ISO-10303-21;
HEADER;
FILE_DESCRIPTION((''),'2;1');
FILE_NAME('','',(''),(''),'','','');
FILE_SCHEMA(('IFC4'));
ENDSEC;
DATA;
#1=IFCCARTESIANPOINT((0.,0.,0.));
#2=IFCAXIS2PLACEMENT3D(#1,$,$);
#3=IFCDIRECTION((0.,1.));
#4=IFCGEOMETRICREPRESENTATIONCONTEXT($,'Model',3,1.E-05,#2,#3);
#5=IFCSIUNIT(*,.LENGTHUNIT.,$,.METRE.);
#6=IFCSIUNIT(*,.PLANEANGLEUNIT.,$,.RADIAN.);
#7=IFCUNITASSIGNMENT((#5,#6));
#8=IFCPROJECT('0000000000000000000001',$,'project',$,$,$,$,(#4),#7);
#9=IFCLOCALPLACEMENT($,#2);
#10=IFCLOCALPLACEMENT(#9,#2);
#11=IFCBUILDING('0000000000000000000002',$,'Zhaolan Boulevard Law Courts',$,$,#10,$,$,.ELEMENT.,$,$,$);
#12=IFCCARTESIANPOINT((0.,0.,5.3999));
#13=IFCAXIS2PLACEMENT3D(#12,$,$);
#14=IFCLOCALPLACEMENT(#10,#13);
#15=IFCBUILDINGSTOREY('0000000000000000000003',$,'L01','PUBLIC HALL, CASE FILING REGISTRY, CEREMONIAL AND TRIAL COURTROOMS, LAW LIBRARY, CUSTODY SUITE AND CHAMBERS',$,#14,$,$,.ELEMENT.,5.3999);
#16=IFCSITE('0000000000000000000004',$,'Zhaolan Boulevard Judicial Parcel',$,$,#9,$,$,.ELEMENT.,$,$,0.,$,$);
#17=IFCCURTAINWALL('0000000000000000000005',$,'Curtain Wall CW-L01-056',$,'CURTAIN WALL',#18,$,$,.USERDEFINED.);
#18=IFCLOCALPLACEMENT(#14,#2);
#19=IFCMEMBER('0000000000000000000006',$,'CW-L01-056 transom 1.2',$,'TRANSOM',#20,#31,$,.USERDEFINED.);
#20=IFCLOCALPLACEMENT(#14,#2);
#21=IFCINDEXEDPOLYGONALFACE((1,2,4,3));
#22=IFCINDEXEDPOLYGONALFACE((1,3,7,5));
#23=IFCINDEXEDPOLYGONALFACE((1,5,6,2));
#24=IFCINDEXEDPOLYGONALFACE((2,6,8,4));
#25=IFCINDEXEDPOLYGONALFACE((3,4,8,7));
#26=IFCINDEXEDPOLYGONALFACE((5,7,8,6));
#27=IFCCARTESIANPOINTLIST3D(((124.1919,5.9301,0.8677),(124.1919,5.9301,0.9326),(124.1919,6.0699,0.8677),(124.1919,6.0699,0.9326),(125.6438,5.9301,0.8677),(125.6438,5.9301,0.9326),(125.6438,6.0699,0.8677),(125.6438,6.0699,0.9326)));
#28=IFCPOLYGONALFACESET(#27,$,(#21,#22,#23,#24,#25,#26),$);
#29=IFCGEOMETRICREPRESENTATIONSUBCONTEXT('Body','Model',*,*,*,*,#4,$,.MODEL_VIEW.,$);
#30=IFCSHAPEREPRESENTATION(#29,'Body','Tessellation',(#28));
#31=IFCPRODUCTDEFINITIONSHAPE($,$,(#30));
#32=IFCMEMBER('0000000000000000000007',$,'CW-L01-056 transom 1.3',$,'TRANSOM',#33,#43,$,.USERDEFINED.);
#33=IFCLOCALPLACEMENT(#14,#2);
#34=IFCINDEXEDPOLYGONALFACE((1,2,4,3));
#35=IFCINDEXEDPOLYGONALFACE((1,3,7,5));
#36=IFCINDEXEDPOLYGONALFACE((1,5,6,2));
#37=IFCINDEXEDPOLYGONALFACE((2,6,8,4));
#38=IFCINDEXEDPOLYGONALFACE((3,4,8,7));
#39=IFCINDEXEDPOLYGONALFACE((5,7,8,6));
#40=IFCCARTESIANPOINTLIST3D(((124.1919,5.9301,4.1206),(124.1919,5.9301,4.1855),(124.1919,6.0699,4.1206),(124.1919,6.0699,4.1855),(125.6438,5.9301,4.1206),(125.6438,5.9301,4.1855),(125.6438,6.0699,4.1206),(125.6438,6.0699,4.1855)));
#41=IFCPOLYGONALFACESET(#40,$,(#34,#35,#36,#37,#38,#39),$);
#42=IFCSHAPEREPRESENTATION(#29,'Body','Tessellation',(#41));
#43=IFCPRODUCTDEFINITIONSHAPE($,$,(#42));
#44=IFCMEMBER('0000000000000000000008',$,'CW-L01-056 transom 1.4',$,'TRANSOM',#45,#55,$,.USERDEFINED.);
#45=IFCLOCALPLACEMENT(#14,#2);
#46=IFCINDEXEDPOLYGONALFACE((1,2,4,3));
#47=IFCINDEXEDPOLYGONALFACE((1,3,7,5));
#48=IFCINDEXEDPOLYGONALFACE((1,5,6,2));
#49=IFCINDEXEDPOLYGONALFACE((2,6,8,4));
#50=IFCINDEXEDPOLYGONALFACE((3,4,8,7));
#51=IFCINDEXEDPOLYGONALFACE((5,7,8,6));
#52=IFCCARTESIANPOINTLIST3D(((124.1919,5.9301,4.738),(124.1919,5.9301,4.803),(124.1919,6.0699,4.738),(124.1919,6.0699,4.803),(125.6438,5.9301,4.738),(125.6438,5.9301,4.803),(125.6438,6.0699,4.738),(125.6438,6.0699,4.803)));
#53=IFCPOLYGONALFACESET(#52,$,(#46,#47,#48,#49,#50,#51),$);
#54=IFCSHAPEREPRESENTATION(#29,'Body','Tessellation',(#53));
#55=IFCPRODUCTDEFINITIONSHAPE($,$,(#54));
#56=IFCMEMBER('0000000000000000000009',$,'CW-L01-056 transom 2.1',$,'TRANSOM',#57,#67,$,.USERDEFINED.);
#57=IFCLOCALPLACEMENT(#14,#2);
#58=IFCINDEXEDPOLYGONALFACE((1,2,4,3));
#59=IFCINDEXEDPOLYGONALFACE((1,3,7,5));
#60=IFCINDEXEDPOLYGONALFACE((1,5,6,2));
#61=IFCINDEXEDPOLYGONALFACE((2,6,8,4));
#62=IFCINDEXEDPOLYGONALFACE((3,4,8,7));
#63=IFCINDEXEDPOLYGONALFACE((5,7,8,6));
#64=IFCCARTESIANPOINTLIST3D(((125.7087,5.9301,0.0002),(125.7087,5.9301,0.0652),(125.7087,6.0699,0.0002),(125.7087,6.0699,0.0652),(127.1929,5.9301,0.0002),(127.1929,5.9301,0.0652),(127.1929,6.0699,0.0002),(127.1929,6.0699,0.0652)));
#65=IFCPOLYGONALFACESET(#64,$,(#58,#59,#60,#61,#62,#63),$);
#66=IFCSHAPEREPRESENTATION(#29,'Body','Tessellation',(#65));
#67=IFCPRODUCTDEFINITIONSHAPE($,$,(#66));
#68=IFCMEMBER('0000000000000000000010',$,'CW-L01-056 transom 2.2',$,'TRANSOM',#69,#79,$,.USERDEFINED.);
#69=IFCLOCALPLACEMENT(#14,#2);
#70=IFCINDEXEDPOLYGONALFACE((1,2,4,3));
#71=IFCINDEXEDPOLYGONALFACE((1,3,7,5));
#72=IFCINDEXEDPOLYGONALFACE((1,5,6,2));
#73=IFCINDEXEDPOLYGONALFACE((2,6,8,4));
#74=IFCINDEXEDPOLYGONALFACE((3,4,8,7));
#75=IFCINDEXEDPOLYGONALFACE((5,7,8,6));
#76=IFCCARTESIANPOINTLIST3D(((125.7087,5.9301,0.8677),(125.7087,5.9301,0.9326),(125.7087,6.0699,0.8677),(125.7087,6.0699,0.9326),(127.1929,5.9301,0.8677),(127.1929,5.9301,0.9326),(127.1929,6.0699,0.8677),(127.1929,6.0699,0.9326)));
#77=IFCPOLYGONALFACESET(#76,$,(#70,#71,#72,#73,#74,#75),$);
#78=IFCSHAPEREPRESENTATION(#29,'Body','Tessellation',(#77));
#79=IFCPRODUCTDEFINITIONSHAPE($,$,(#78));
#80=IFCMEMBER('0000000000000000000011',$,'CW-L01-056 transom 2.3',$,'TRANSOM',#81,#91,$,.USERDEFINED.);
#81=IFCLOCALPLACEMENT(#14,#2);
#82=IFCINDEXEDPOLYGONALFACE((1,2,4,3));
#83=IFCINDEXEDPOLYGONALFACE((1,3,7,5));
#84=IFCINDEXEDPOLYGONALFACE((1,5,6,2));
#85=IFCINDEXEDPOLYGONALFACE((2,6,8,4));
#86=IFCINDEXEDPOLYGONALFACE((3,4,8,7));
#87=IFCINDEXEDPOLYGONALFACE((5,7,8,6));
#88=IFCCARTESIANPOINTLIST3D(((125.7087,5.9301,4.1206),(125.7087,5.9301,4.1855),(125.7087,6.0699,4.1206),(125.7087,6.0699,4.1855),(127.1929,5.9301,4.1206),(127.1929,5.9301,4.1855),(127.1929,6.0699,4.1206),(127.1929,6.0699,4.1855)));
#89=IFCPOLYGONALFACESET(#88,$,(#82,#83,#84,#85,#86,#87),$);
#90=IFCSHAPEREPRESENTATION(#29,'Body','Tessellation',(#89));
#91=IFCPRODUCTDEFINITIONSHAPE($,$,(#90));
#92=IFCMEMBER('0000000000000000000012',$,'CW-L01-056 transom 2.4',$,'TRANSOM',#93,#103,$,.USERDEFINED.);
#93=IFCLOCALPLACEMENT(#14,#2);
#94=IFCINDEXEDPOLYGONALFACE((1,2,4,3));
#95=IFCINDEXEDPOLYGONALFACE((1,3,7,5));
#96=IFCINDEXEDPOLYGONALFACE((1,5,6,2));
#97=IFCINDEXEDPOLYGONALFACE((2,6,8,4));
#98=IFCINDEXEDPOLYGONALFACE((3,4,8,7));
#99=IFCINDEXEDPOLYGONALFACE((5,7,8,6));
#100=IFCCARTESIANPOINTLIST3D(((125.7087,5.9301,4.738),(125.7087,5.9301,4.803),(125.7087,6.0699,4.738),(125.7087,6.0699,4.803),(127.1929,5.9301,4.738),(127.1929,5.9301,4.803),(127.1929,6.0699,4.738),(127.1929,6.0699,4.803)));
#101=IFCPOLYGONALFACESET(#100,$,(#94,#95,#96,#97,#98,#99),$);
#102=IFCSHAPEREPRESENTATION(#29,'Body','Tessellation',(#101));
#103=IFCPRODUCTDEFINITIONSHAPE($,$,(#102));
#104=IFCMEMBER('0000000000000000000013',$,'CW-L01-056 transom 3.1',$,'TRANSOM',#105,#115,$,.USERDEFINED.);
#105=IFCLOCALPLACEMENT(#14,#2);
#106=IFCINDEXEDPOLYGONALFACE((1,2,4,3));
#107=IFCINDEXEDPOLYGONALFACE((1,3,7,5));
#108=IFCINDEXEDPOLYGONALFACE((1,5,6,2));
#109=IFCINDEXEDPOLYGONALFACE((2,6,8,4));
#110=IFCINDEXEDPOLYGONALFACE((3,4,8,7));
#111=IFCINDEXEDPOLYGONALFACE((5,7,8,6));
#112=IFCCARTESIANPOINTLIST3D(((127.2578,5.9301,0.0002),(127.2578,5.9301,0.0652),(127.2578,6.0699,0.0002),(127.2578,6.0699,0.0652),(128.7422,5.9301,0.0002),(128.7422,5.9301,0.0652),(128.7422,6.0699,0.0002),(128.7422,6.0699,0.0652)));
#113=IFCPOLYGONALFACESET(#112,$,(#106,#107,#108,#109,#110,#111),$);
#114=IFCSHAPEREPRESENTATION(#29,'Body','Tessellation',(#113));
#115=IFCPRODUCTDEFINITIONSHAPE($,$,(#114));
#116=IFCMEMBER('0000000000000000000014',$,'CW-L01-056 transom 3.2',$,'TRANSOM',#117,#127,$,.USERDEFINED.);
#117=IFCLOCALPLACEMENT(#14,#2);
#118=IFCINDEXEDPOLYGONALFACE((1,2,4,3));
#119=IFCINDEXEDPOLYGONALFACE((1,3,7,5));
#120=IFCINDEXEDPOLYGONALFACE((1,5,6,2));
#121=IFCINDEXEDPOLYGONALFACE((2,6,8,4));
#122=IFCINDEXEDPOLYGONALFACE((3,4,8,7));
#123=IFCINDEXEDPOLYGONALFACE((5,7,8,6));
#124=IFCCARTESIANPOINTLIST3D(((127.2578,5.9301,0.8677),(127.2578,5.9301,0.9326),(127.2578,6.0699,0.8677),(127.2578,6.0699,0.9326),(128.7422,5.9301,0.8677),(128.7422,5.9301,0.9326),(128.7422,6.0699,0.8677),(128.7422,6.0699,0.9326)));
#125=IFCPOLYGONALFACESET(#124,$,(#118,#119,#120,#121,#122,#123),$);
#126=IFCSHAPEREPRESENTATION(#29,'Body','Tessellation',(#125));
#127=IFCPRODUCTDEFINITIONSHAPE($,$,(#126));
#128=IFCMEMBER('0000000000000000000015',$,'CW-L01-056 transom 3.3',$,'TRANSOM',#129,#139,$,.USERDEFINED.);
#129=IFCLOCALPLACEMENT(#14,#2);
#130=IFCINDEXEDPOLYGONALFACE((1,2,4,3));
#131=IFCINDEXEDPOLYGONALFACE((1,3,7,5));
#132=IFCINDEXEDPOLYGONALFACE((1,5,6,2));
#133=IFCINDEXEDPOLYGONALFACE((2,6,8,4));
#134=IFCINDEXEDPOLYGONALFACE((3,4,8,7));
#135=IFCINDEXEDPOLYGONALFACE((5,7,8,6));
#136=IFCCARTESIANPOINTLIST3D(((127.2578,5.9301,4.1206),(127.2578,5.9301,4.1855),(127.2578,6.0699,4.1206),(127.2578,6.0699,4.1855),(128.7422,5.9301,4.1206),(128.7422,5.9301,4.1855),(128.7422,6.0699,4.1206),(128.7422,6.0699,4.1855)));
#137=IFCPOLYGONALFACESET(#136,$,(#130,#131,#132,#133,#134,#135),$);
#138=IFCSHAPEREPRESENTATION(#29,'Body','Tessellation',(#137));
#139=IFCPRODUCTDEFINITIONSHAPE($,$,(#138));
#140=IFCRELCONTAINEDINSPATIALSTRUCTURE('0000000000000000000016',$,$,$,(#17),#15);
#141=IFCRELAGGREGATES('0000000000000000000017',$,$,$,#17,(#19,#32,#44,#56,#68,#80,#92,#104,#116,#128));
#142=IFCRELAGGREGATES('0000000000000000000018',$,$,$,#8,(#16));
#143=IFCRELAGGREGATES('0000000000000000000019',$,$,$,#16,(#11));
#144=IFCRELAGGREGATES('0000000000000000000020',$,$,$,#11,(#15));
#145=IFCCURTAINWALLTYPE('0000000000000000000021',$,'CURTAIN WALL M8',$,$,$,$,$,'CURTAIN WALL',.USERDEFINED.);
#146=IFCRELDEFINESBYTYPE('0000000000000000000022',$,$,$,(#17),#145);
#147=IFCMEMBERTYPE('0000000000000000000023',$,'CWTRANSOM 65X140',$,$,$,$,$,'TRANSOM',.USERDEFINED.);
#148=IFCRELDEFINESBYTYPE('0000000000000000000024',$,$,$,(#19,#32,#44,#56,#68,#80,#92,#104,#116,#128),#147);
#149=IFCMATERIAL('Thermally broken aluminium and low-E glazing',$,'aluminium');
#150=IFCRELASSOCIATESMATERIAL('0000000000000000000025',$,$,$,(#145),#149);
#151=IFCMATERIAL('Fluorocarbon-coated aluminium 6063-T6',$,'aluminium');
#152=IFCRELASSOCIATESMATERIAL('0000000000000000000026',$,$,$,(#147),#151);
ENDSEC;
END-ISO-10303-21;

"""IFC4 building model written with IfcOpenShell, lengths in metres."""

from ifc_helpers import new_model, si_unit, direction, frame, origin, origin_2d, place, context, subcontext, project, spatial, rectangle, extrude, material, material_profile, profile_set, type_object, element, aggregate, save


model = new_model("IFC4")

# Units and contexts
model_context = context("Model", 3, precision=1e-05, world=origin(), true_north=direction((0.0, 1.0)))
body_context = subcontext(model_context, "Body", "Model", "MODEL_VIEW")
ifc_project = project(units=[si_unit("LENGTHUNIT", "METRE"), si_unit("PLANEANGLEUNIT", "RADIAN")], contexts=[model_context])

# Site, building, storey
site_placement = place(None, origin())
site = spatial("IfcSite", under=ifc_project, at=site_placement, Name="Zhaolan Boulevard Judicial Parcel", CompositionType="ELEMENT", RefElevation=0.0)
building_placement = place(site_placement, origin())
building = spatial("IfcBuilding", under=site, at=building_placement, Name="Zhaolan Boulevard Law Courts", CompositionType="ELEMENT")
storey_placement = place(building_placement, frame((0.0, 0.0, 5.3999)))
storey = spatial("IfcBuildingStorey", under=building, at=storey_placement, Name="L01", Description="PUBLIC HALL, CASE FILING REGISTRY, CEREMONIAL AND TRIAL COURTROOMS, LAW LIBRARY, CUSTODY SUITE AND CHAMBERS", CompositionType="ELEMENT", Elevation=5.3999)

# Curtain wall
ifc_material_1 = material(Name="Thermally broken aluminium and low-E glazing", Category="aluminium")
curtain_wall_type_1 = type_object("IfcCurtainWallType", Name="CURTAIN WALL M8", ElementType="CURTAIN WALL", PredefinedType="USERDEFINED", material=ifc_material_1)
curtain_wall_1_placement = place(storey_placement, origin())
curtain_wall_1 = element("IfcCurtainWall", 1, at=curtain_wall_1_placement, inside=storey, type_object=curtain_wall_type_1, Name="Curtain Wall CW-L01-056", ObjectType="CURTAIN WALL", PredefinedType="USERDEFINED")

# Members
ifc_material_2 = material(Name="Fluorocarbon-coated aluminium 6063-T6", Category="aluminium")
ifc_material_profile_1 = material_profile(ifc_material_2, rectangle(XDim=0.1399, YDim=0.0649, at=origin_2d()), Name="AL65x140")
ifc_profile_set_1 = profile_set([ifc_material_profile_1], Name="Fluorocarbon-coated aluminium 6063-T6")
member_type_1 = type_object("IfcMemberType", Name="CWTRANSOM 65X140", ElementType="TRANSOM", PredefinedType="USERDEFINED", material=ifc_profile_set_1)
member_1_placement = place(storey_placement, frame((124.1919, 6.0, 0.9001), z_axis=(1.0, 0.0, 0.0), x_axis=(0.0, 1.0, 0.0)))
member_1 = element("IfcMember", 2, at=member_1_placement, type_object=member_type_1, Name="CW-L01-056 transom 1.2", ObjectType="TRANSOM", PredefinedType="USERDEFINED", context=body_context, shape_type="SweptSolid", body=[
    extrude(rectangle(XDim=0.1399, YDim=0.0649, at=origin_2d()), origin(), (0.0, 0.0, 1.0), 1.4519),
])
member_2_placement = place(storey_placement, frame((124.1919, 6.0, 4.1531), z_axis=(1.0, 0.0, 0.0), x_axis=(0.0, 1.0, 0.0)))
member_2 = element("IfcMember", 3, at=member_2_placement, type_object=member_type_1, Name="CW-L01-056 transom 1.3", ObjectType="TRANSOM", PredefinedType="USERDEFINED", context=body_context, shape_type="SweptSolid", body=[
    extrude(rectangle(XDim=0.1399, YDim=0.0649, at=origin_2d()), origin(), (0.0, 0.0, 1.0), 1.4519),
])
member_3_placement = place(storey_placement, frame((124.1919, 6.0, 4.7705), z_axis=(1.0, 0.0, 0.0), x_axis=(0.0, 1.0, 0.0)))
member_3 = element("IfcMember", 4, at=member_3_placement, type_object=member_type_1, Name="CW-L01-056 transom 1.4", ObjectType="TRANSOM", PredefinedType="USERDEFINED", context=body_context, shape_type="SweptSolid", body=[
    extrude(rectangle(XDim=0.1399, YDim=0.0649, at=origin_2d()), origin(), (0.0, 0.0, 1.0), 1.4519),
])
member_4_placement = place(storey_placement, frame((125.7087, 6.0, 0.0327), z_axis=(1.0, 0.0, 0.0), x_axis=(0.0, 1.0, 0.0)))
member_4 = element("IfcMember", 5, at=member_4_placement, type_object=member_type_1, Name="CW-L01-056 transom 2.1", ObjectType="TRANSOM", PredefinedType="USERDEFINED", context=body_context, shape_type="SweptSolid", body=[
    extrude(rectangle(XDim=0.1399, YDim=0.0649, at=origin_2d()), origin(), (0.0, 0.0, 1.0), 1.4841),
])
member_5_placement = place(storey_placement, frame((125.7087, 6.0, 0.9001), z_axis=(1.0, 0.0, 0.0), x_axis=(0.0, 1.0, 0.0)))
member_5 = element("IfcMember", 6, at=member_5_placement, type_object=member_type_1, Name="CW-L01-056 transom 2.2", ObjectType="TRANSOM", PredefinedType="USERDEFINED", context=body_context, shape_type="SweptSolid", body=[
    extrude(rectangle(XDim=0.1399, YDim=0.0649, at=origin_2d()), origin(), (0.0, 0.0, 1.0), 1.4841),
])
member_6_placement = place(storey_placement, frame((125.7087, 6.0, 4.1531), z_axis=(1.0, 0.0, 0.0), x_axis=(0.0, 1.0, 0.0)))
member_6 = element("IfcMember", 7, at=member_6_placement, type_object=member_type_1, Name="CW-L01-056 transom 2.3", ObjectType="TRANSOM", PredefinedType="USERDEFINED", context=body_context, shape_type="SweptSolid", body=[
    extrude(rectangle(XDim=0.1399, YDim=0.0649, at=origin_2d()), origin(), (0.0, 0.0, 1.0), 1.4841),
])
member_7_placement = place(storey_placement, frame((125.7087, 6.0, 4.7705), z_axis=(1.0, 0.0, 0.0), x_axis=(0.0, 1.0, 0.0)))
member_7 = element("IfcMember", 8, at=member_7_placement, type_object=member_type_1, Name="CW-L01-056 transom 2.4", ObjectType="TRANSOM", PredefinedType="USERDEFINED", context=body_context, shape_type="SweptSolid", body=[
    extrude(rectangle(XDim=0.1399, YDim=0.0649, at=origin_2d()), origin(), (0.0, 0.0, 1.0), 1.4841),
])
member_8_placement = place(storey_placement, frame((127.2578, 6.0, 0.0327), z_axis=(1.0, 0.0, 0.0), x_axis=(0.0, 1.0, 0.0)))
member_8 = element("IfcMember", 9, at=member_8_placement, type_object=member_type_1, Name="CW-L01-056 transom 3.1", ObjectType="TRANSOM", PredefinedType="USERDEFINED", context=body_context, shape_type="SweptSolid", body=[
    extrude(rectangle(XDim=0.1399, YDim=0.0649, at=origin_2d()), origin(), (0.0, 0.0, 1.0), 1.4844),
])
member_9_placement = place(storey_placement, frame((127.2578, 6.0, 0.9001), z_axis=(1.0, 0.0, 0.0), x_axis=(0.0, 1.0, 0.0)))
member_9 = element("IfcMember", 10, at=member_9_placement, type_object=member_type_1, Name="CW-L01-056 transom 3.2", ObjectType="TRANSOM", PredefinedType="USERDEFINED", context=body_context, shape_type="SweptSolid", body=[
    extrude(rectangle(XDim=0.1399, YDim=0.0649, at=origin_2d()), origin(), (0.0, 0.0, 1.0), 1.4844),
])
member_10_placement = place(storey_placement, frame((127.2578, 6.0, 4.1531), z_axis=(1.0, 0.0, 0.0), x_axis=(0.0, 1.0, 0.0)))
member_10 = element("IfcMember", 11, at=member_10_placement, type_object=member_type_1, Name="CW-L01-056 transom 3.3", ObjectType="TRANSOM", PredefinedType="USERDEFINED", context=body_context, shape_type="SweptSolid", body=[
    extrude(rectangle(XDim=0.1399, YDim=0.0649, at=origin_2d()), origin(), (0.0, 0.0, 1.0), 1.4844),
])

aggregate(curtain_wall_1, [member_1, member_2, member_3, member_4, member_5, member_6, member_7, member_8, member_9, member_10])

save(model, "model.ifc")
